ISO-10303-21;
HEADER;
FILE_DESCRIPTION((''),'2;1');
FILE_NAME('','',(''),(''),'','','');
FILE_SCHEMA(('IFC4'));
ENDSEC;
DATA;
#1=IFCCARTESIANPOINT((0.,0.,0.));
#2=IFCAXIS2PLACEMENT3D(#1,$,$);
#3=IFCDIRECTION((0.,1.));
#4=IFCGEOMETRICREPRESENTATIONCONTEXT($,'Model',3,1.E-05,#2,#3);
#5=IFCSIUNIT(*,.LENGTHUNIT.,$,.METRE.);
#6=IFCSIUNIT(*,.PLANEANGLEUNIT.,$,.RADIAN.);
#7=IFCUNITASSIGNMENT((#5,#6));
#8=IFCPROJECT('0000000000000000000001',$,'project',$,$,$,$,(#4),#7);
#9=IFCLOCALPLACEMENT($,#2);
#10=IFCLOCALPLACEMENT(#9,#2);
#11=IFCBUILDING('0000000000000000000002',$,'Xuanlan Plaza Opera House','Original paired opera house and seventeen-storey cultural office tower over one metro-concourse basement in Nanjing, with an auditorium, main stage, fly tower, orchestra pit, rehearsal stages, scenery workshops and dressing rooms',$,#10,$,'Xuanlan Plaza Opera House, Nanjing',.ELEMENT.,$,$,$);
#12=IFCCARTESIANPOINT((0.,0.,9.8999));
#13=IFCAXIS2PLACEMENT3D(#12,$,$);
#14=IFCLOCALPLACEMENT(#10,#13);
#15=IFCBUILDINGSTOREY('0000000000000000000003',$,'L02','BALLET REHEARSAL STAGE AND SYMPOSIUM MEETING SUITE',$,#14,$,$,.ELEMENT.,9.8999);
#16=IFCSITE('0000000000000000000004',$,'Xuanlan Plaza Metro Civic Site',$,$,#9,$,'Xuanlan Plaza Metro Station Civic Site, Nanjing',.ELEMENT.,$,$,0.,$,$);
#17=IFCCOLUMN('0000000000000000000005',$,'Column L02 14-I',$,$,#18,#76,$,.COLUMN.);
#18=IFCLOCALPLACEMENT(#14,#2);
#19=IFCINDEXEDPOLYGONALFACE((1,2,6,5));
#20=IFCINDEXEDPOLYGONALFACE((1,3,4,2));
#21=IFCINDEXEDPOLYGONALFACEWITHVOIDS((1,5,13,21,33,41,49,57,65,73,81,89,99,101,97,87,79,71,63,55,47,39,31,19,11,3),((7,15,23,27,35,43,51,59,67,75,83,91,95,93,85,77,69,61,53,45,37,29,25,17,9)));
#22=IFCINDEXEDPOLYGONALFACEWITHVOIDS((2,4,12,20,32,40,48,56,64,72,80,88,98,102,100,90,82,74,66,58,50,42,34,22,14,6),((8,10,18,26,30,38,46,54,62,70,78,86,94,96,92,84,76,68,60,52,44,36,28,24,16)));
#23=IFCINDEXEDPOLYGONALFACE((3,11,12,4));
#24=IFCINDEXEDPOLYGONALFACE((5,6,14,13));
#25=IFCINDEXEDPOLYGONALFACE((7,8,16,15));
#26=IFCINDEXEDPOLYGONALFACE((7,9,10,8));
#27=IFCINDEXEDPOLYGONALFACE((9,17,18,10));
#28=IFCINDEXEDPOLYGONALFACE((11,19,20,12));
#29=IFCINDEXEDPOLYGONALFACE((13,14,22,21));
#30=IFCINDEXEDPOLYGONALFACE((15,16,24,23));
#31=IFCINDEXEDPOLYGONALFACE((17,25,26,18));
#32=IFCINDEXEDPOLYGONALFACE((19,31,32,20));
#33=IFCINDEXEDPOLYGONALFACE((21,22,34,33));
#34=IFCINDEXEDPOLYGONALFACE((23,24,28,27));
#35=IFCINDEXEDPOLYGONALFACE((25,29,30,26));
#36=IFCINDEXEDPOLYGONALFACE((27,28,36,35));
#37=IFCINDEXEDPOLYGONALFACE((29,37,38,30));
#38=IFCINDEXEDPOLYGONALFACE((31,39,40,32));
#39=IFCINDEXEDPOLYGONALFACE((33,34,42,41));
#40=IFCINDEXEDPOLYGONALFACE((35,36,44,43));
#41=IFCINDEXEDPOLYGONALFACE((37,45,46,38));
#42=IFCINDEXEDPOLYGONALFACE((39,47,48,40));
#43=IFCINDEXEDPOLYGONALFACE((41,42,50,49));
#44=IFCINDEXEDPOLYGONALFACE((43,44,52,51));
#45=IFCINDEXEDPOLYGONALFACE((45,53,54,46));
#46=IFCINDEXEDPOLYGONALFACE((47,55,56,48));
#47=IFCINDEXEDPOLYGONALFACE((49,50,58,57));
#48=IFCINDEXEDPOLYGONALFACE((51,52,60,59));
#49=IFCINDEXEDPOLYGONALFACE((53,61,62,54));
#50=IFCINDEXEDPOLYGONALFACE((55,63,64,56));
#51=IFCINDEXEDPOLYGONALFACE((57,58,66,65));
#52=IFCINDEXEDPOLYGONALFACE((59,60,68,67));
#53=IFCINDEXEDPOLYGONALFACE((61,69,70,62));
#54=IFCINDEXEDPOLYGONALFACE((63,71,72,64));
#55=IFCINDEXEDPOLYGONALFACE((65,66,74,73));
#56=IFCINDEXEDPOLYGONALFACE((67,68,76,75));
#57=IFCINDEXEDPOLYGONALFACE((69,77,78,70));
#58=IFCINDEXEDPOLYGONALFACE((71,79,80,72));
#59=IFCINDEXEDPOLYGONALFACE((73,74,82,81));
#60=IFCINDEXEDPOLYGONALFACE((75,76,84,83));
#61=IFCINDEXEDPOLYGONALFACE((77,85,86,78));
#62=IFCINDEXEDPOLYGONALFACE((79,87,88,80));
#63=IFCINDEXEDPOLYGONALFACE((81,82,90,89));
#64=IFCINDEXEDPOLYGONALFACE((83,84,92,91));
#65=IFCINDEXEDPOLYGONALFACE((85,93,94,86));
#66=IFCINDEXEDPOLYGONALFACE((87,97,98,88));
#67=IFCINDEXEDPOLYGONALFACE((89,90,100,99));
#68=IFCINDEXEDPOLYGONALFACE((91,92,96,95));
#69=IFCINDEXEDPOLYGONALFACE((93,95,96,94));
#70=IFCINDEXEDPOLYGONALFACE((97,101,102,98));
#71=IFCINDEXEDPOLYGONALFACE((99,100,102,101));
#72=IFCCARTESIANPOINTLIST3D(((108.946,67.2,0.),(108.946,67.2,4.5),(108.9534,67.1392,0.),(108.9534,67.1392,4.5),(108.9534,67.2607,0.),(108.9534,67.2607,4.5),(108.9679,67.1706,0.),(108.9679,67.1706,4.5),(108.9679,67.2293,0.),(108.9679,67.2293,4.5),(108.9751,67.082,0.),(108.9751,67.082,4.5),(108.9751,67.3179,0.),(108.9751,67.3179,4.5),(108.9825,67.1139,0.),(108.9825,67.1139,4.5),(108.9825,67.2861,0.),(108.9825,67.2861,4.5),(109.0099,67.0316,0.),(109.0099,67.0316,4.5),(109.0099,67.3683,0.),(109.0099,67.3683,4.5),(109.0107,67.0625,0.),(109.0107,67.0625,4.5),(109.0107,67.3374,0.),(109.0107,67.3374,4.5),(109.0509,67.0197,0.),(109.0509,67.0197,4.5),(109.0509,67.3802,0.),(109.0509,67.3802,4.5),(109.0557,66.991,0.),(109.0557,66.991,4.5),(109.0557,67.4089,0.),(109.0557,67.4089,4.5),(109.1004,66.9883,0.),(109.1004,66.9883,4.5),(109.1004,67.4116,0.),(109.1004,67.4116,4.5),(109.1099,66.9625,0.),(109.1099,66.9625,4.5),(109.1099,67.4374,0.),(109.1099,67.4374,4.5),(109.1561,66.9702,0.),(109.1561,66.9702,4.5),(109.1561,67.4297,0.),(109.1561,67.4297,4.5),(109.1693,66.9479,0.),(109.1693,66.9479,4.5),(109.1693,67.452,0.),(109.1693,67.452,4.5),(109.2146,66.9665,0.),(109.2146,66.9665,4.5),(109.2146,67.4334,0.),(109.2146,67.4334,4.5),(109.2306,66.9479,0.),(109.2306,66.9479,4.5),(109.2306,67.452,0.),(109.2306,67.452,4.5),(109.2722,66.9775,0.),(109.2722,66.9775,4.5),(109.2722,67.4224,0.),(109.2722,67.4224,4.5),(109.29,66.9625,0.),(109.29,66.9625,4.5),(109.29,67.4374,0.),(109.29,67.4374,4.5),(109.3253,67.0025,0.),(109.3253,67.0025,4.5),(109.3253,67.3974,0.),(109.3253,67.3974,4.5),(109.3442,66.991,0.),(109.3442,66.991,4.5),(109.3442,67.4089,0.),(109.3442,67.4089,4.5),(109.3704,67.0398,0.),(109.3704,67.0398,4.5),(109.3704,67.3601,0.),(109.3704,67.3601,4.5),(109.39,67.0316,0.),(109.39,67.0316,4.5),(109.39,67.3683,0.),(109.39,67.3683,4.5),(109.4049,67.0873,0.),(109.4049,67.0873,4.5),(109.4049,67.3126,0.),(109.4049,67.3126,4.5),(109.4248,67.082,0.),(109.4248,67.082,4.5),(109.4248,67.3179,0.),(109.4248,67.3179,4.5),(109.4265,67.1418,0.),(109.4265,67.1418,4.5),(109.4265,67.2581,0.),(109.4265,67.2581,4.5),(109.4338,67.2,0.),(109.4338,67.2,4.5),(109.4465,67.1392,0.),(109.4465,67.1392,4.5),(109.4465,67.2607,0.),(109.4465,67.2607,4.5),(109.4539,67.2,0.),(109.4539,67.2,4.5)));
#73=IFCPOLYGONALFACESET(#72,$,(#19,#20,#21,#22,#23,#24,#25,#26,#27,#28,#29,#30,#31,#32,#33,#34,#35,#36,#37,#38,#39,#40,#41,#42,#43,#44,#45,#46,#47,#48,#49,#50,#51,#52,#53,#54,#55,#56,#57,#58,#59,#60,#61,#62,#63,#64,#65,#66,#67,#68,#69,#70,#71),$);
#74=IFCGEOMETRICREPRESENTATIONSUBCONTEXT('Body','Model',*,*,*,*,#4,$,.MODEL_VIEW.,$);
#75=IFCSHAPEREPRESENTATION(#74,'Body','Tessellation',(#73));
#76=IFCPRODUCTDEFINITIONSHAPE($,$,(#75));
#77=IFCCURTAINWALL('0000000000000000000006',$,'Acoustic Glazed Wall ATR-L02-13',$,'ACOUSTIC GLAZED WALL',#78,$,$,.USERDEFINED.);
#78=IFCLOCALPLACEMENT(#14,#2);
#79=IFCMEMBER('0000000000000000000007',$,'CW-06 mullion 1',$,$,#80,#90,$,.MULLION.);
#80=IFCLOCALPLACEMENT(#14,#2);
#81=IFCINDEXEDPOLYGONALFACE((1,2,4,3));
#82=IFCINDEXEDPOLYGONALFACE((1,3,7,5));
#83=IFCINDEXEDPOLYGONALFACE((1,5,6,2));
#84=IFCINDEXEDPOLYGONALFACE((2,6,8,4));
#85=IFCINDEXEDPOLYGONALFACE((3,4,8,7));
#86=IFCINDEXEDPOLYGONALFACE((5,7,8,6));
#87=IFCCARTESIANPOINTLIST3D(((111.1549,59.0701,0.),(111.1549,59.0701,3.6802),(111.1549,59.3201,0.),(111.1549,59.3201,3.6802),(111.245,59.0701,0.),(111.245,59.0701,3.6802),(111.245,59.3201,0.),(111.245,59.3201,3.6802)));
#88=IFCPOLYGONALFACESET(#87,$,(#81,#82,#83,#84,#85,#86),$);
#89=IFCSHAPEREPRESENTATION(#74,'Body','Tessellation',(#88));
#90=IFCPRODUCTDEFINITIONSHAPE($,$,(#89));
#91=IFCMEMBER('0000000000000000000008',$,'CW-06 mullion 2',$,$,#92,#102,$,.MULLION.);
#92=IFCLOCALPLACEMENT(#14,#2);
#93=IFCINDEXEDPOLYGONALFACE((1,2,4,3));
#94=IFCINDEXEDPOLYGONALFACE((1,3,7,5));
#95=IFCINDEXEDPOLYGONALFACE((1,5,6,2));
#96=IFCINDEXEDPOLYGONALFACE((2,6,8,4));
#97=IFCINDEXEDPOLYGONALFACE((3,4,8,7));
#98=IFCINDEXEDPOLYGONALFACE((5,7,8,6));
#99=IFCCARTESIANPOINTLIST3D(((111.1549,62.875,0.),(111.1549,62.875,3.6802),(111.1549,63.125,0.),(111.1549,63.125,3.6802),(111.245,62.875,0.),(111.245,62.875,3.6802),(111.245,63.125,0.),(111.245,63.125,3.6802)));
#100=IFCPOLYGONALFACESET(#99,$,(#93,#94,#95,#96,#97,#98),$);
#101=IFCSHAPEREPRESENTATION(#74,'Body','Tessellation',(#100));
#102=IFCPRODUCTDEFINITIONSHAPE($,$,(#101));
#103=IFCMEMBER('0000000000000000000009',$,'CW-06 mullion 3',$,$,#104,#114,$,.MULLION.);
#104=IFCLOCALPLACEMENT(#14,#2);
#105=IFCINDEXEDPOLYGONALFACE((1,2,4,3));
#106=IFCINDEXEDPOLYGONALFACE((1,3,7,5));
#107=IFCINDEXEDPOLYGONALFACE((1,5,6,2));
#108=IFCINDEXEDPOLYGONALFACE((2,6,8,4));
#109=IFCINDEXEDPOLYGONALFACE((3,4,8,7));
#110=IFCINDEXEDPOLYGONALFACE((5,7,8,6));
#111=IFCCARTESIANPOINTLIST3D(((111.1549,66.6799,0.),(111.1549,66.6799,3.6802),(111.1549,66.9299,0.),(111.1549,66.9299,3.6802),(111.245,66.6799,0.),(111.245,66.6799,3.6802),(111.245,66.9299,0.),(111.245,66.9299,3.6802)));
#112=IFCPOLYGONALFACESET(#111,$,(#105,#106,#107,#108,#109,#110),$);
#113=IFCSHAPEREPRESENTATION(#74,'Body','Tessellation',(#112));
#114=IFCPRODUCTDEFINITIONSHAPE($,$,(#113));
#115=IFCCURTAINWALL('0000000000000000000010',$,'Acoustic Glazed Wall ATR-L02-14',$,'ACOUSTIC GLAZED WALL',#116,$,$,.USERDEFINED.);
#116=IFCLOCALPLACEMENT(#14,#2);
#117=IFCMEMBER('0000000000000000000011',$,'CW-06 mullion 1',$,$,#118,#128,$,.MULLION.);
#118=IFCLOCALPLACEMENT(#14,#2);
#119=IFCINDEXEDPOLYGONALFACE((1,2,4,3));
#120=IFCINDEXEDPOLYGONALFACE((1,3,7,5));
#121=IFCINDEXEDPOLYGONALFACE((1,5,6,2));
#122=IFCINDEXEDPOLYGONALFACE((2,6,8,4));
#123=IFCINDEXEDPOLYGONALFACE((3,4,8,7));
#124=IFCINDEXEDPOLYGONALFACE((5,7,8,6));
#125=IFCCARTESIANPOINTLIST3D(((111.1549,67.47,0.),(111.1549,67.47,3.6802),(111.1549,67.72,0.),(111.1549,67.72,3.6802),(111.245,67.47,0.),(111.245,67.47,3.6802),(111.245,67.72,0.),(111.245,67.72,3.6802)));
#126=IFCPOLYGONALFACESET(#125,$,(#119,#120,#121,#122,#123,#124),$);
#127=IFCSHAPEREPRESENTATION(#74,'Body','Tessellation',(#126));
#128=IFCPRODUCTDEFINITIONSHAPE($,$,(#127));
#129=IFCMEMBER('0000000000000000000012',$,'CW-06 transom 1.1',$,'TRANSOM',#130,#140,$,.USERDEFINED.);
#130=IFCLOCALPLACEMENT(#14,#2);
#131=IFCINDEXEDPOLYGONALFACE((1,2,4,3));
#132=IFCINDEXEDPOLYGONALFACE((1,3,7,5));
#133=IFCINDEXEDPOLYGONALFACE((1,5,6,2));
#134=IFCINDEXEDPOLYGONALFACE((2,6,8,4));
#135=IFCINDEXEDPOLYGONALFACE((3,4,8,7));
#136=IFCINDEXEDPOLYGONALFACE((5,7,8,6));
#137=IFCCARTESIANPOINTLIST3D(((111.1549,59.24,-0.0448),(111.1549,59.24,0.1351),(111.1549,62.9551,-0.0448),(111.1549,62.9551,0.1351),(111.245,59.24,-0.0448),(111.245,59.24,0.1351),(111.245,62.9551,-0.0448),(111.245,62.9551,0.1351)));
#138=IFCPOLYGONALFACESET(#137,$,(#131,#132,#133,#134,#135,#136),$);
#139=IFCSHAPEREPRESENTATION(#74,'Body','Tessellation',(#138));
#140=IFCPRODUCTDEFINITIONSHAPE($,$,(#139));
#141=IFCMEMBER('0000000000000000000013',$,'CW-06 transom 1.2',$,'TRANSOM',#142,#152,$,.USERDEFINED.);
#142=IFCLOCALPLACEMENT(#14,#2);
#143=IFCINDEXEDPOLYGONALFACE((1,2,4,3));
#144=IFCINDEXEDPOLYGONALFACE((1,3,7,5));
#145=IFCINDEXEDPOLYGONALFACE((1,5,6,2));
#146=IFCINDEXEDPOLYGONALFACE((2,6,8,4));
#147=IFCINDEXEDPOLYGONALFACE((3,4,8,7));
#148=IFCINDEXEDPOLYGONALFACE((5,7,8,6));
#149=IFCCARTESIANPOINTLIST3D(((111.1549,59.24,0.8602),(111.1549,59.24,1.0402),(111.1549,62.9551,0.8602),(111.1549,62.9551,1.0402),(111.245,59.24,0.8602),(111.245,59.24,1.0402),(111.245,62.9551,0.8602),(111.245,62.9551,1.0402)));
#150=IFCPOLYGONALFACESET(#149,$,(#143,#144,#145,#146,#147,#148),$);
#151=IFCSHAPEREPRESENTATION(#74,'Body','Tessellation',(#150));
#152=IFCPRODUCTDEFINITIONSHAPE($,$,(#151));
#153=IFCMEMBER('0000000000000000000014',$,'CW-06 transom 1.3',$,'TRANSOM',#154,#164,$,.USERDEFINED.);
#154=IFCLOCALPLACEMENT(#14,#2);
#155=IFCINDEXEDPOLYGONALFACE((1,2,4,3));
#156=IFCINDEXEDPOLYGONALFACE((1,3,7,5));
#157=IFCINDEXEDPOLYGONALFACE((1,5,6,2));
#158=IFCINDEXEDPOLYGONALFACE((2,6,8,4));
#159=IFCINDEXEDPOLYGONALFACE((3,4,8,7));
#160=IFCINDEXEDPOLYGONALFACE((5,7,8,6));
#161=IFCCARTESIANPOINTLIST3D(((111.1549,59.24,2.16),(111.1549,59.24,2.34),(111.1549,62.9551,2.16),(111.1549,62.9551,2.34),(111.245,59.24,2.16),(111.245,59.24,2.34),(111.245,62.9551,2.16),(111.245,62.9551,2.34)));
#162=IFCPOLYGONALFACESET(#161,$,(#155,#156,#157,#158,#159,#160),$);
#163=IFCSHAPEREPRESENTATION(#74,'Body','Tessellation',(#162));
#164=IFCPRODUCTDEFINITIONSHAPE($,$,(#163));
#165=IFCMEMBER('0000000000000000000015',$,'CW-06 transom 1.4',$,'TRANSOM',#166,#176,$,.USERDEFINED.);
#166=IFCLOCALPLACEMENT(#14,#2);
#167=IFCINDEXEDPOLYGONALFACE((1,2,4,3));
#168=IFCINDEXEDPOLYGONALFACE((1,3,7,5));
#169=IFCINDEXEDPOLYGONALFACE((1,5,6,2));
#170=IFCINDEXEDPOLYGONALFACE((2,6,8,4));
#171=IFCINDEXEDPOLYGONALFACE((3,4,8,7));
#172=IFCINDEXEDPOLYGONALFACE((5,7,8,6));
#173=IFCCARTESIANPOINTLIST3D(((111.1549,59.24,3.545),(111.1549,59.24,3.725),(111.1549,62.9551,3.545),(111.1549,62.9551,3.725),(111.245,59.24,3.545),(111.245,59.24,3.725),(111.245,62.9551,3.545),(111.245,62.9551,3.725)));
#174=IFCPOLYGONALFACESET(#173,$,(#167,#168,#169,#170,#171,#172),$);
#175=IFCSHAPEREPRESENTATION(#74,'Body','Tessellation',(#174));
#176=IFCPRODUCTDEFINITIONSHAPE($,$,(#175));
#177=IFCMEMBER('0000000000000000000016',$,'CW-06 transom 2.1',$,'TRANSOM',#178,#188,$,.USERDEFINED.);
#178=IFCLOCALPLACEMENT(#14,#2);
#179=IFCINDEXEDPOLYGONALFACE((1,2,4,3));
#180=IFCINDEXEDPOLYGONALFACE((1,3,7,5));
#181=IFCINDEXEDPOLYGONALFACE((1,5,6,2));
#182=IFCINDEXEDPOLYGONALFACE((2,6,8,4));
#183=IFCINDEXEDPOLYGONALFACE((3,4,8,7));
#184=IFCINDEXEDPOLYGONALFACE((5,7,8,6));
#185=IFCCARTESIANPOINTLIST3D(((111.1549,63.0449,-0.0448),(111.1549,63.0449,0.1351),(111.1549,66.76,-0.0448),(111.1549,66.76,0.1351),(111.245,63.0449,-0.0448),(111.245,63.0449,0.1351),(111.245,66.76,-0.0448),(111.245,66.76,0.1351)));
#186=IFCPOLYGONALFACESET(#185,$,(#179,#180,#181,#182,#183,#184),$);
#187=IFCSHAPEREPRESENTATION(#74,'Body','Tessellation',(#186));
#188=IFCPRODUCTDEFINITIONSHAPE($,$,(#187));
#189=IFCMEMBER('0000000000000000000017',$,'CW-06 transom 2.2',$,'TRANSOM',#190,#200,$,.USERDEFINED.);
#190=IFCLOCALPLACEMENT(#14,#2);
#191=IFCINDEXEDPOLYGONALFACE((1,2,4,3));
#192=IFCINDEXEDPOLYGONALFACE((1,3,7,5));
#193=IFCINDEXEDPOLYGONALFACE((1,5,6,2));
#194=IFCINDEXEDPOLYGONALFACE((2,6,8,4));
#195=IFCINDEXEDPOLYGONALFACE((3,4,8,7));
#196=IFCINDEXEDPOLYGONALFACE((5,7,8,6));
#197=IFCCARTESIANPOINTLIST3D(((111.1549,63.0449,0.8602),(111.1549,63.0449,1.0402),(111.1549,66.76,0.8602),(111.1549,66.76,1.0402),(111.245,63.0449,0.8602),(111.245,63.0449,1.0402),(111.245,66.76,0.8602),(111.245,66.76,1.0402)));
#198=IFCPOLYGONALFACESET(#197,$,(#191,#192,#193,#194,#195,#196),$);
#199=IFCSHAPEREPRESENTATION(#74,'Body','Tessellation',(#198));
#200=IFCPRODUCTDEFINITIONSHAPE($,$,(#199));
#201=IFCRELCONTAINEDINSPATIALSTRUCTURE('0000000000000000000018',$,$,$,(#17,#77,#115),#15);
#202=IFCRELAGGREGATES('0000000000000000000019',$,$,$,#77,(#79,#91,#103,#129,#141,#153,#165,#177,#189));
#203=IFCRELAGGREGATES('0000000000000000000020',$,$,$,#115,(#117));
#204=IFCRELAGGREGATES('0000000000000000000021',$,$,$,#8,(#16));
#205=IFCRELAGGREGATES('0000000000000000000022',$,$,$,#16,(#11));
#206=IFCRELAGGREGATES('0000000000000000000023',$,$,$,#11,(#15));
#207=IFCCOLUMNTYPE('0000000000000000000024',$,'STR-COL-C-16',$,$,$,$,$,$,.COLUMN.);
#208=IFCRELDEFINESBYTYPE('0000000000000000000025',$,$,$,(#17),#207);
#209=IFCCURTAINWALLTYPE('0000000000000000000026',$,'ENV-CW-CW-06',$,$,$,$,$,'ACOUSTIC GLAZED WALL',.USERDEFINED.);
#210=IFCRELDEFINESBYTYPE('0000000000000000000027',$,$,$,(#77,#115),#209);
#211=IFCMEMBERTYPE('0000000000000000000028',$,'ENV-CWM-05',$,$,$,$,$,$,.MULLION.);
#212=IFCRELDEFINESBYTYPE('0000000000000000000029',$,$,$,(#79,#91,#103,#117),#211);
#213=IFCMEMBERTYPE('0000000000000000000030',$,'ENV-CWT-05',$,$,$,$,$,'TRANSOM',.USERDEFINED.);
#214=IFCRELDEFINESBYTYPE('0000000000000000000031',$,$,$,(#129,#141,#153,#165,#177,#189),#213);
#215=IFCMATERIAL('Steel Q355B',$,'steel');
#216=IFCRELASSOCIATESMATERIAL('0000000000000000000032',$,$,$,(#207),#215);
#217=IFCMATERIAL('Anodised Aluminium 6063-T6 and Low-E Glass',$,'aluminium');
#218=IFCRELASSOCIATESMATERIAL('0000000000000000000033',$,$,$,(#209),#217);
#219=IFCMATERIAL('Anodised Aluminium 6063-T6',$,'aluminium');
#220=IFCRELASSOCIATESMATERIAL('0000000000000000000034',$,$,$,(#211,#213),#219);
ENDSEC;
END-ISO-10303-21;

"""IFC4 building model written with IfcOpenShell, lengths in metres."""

from ifc_helpers import new_model, si_unit, direction, frame, origin, origin_2d, place, context, subcontext, project, spatial, rectangle, hollow_circle, extrude, material, material_profile, profile_set, type_object, element, aggregate, save


model = new_model("IFC4")

# Units and contexts
model_context = context("Model", 3, precision=1e-05, world=origin(), true_north=direction((0.0, 1.0)))
body_context = subcontext(model_context, "Body", "Model", "MODEL_VIEW")
ifc_project = project(units=[si_unit("LENGTHUNIT", "METRE"), si_unit("PLANEANGLEUNIT", "RADIAN")], contexts=[model_context])

# Site, building, storey
site_placement = place(None, origin())
site = spatial("IfcSite", under=ifc_project, at=site_placement, Name="Xuanlan Plaza Metro Civic Site", LongName="Xuanlan Plaza Metro Station Civic Site, Nanjing", CompositionType="ELEMENT", RefElevation=0.0)
building_placement = place(site_placement, origin())
building = spatial("IfcBuilding", under=site, at=building_placement, Name="Xuanlan Plaza Opera House", Description="Original paired opera house and seventeen-storey cultural office tower over one metro-concourse basement in Nanjing, with an auditorium, main stage, fly tower, orchestra pit, rehearsal stages, scenery workshops and dressing rooms", LongName="Xuanlan Plaza Opera House, Nanjing", CompositionType="ELEMENT")
storey_placement = place(building_placement, frame((0.0, 0.0, 9.8999)))
storey = spatial("IfcBuildingStorey", under=building, at=storey_placement, Name="L02", Description="BALLET REHEARSAL STAGE AND SYMPOSIUM MEETING SUITE", CompositionType="ELEMENT", Elevation=9.8999)

# Column
ifc_material_1 = material(Name="Steel Q355B", Category="steel")
ifc_material_profile_1 = material_profile(ifc_material_1, hollow_circle(Radius=0.2539, WallThickness=0.02, at=origin_2d()), Name="CHS 508x20")
ifc_profile_set_1 = profile_set([ifc_material_profile_1], Name="Steel Q355B")
column_type = type_object("IfcColumnType", Name="STR-COL-C-16", PredefinedType="COLUMN", material=ifc_profile_set_1)
column_placement = place(storey_placement, frame((109.2, 67.2, 0.0), z_axis=(0.0, 0.0, 1.0), x_axis=(1.0, 0.0, 0.0)))
element("IfcColumn", 1, at=column_placement, inside=storey, type_object=column_type, Name="Column L02 14-I", PredefinedType="COLUMN", context=body_context, shape_type="SweptSolid", body=[
    extrude(hollow_circle(Radius=0.2539, WallThickness=0.02, at=origin_2d()), origin(), (0.0, 0.0, 1.0), 4.5),
])

# Curtain wall, members
ifc_material_2 = material(Name="Anodised Aluminium 6063-T6 and Low-E Glass", Category="aluminium")
curtain_wall_type = type_object("IfcCurtainWallType", Name="ENV-CW-CW-06", ElementType="ACOUSTIC GLAZED WALL", PredefinedType="USERDEFINED", material=ifc_material_2)
curtain_wall_1_placement = place(storey_placement, origin())
curtain_wall_1 = element("IfcCurtainWall", 2, at=curtain_wall_1_placement, inside=storey, type_object=curtain_wall_type, Name="Acoustic Glazed Wall ATR-L02-13", ObjectType="ACOUSTIC GLAZED WALL", PredefinedType="USERDEFINED")
ifc_material_3 = material(Name="Anodised Aluminium 6063-T6", Category="aluminium")
ifc_material_profile_2 = material_profile(ifc_material_3, rectangle(XDim=0.0901, YDim=0.25, at=origin_2d()), Name="ALU-M 90x250")
ifc_profile_set_2 = profile_set([ifc_material_profile_2], Name="Anodised Aluminium 6063-T6")
member_type_1 = type_object("IfcMemberType", Name="ENV-CWM-05", PredefinedType="MULLION", material=ifc_profile_set_2)
member_1_placement = place(storey_placement, frame((111.2, 59.1951, 0.0), z_axis=(0.0, 0.0, 1.0), x_axis=(-1.0, 0.0, 0.0)))
member_1 = element("IfcMember", 3, at=member_1_placement, type_object=member_type_1, Name="CW-06 mullion 1", PredefinedType="MULLION", context=body_context, shape_type="SweptSolid", body=[
    extrude(rectangle(XDim=0.0901, YDim=0.25, at=origin_2d()), origin(), (0.0, 0.0, 1.0), 3.6802),
])
member_2_placement = place(storey_placement, frame((111.2, 63.0, 0.0), z_axis=(0.0, 0.0, 1.0), x_axis=(-1.0, 0.0, 0.0)))
member_2 = element("IfcMember", 4, at=member_2_placement, type_object=member_type_1, Name="CW-06 mullion 2", PredefinedType="MULLION", context=body_context, shape_type="SweptSolid", body=[
    extrude(rectangle(XDim=0.0901, YDim=0.25, at=origin_2d()), origin(), (0.0, 0.0, 1.0), 3.6802),
])
member_3_placement = place(storey_placement, frame((111.2, 66.8049, 0.0), z_axis=(0.0, 0.0, 1.0), x_axis=(-1.0, 0.0, 0.0)))
member_3 = element("IfcMember", 5, at=member_3_placement, type_object=member_type_1, Name="CW-06 mullion 3", PredefinedType="MULLION", context=body_context, shape_type="SweptSolid", body=[
    extrude(rectangle(XDim=0.0901, YDim=0.25, at=origin_2d()), origin(), (0.0, 0.0, 1.0), 3.6802),
])

# Curtain wall, member
curtain_wall_2_placement = place(storey_placement, origin())
curtain_wall_2 = element("IfcCurtainWall", 6, at=curtain_wall_2_placement, inside=storey, type_object=curtain_wall_type, Name="Acoustic Glazed Wall ATR-L02-14", ObjectType="ACOUSTIC GLAZED WALL", PredefinedType="USERDEFINED")
member_4_placement = place(storey_placement, frame((111.2, 67.595, 0.0), z_axis=(0.0, 0.0, 1.0), x_axis=(-1.0, 0.0, 0.0)))
member_4 = element("IfcMember", 7, at=member_4_placement, type_object=member_type_1, Name="CW-06 mullion 1", PredefinedType="MULLION", context=body_context, shape_type="SweptSolid", body=[
    extrude(rectangle(XDim=0.0901, YDim=0.25, at=origin_2d()), origin(), (0.0, 0.0, 1.0), 3.6802),
])

# Members
ifc_material_profile_3 = material_profile(ifc_material_3, rectangle(XDim=0.0901, YDim=0.1799, at=origin_2d()), Name="ALU-T 90x180")
ifc_profile_set_3 = profile_set([ifc_material_profile_3], Name="Anodised Aluminium 6063-T6")
member_type_2 = type_object("IfcMemberType", Name="ENV-CWT-05", ElementType="TRANSOM", PredefinedType="USERDEFINED", material=ifc_profile_set_3)
member_5_placement = place(storey_placement, frame((111.2, 59.24, 0.0452), z_axis=(0.0, 1.0, 0.0), x_axis=(-1.0, 0.0, 0.0)))
member_5 = element("IfcMember", 8, at=member_5_placement, type_object=member_type_2, Name="CW-06 transom 1.1", ObjectType="TRANSOM", PredefinedType="USERDEFINED", context=body_context, shape_type="SweptSolid", body=[
    extrude(rectangle(XDim=0.0901, YDim=0.1799, at=origin_2d()), origin(), (0.0, 0.0, 1.0), 3.7151),
])
member_6_placement = place(storey_placement, frame((111.2, 59.24, 0.9502), z_axis=(0.0, 1.0, 0.0), x_axis=(-1.0, 0.0, 0.0)))
member_6 = element("IfcMember", 9, at=member_6_placement, type_object=member_type_2, Name="CW-06 transom 1.2", ObjectType="TRANSOM", PredefinedType="USERDEFINED", context=body_context, shape_type="SweptSolid", body=[
    extrude(rectangle(XDim=0.0901, YDim=0.1799, at=origin_2d()), origin(), (0.0, 0.0, 1.0), 3.7151),
])
member_7_placement = place(storey_placement, frame((111.2, 59.24, 2.25), z_axis=(0.0, 1.0, 0.0), x_axis=(-1.0, 0.0, 0.0)))
member_7 = element("IfcMember", 10, at=member_7_placement, type_object=member_type_2, Name="CW-06 transom 1.3", ObjectType="TRANSOM", PredefinedType="USERDEFINED", context=body_context, shape_type="SweptSolid", body=[
    extrude(rectangle(XDim=0.0901, YDim=0.1799, at=origin_2d()), origin(), (0.0, 0.0, 1.0), 3.7151),
])
member_8_placement = place(storey_placement, frame((111.2, 59.24, 3.635), z_axis=(0.0, 1.0, 0.0), x_axis=(-1.0, 0.0, 0.0)))
member_8 = element("IfcMember", 11, at=member_8_placement, type_object=member_type_2, Name="CW-06 transom 1.4", ObjectType="TRANSOM", PredefinedType="USERDEFINED", context=body_context, shape_type="SweptSolid", body=[
    extrude(rectangle(XDim=0.0901, YDim=0.1799, at=origin_2d()), origin(), (0.0, 0.0, 1.0), 3.7151),
])
member_9_placement = place(storey_placement, frame((111.2, 63.0449, 0.0452), z_axis=(0.0, 1.0, 0.0), x_axis=(-1.0, 0.0, 0.0)))
member_9 = element("IfcMember", 12, at=member_9_placement, type_object=member_type_2, Name="CW-06 transom 2.1", ObjectType="TRANSOM", PredefinedType="USERDEFINED", context=body_context, shape_type="SweptSolid", body=[
    extrude(rectangle(XDim=0.0901, YDim=0.1799, at=origin_2d()), origin(), (0.0, 0.0, 1.0), 3.7151),
])
member_10_placement = place(storey_placement, frame((111.2, 63.0449, 0.9502), z_axis=(0.0, 1.0, 0.0), x_axis=(-1.0, 0.0, 0.0)))
member_10 = element("IfcMember", 13, at=member_10_placement, type_object=member_type_2, Name="CW-06 transom 2.2", ObjectType="TRANSOM", PredefinedType="USERDEFINED", context=body_context, shape_type="SweptSolid", body=[
    extrude(rectangle(XDim=0.0901, YDim=0.1799, at=origin_2d()), origin(), (0.0, 0.0, 1.0), 3.7151),
])

aggregate(curtain_wall_1, [member_1, member_2, member_3, member_5, member_6, member_7, member_8, member_9, member_10])
aggregate(curtain_wall_2, [member_4])

save(model, "model.ifc")
